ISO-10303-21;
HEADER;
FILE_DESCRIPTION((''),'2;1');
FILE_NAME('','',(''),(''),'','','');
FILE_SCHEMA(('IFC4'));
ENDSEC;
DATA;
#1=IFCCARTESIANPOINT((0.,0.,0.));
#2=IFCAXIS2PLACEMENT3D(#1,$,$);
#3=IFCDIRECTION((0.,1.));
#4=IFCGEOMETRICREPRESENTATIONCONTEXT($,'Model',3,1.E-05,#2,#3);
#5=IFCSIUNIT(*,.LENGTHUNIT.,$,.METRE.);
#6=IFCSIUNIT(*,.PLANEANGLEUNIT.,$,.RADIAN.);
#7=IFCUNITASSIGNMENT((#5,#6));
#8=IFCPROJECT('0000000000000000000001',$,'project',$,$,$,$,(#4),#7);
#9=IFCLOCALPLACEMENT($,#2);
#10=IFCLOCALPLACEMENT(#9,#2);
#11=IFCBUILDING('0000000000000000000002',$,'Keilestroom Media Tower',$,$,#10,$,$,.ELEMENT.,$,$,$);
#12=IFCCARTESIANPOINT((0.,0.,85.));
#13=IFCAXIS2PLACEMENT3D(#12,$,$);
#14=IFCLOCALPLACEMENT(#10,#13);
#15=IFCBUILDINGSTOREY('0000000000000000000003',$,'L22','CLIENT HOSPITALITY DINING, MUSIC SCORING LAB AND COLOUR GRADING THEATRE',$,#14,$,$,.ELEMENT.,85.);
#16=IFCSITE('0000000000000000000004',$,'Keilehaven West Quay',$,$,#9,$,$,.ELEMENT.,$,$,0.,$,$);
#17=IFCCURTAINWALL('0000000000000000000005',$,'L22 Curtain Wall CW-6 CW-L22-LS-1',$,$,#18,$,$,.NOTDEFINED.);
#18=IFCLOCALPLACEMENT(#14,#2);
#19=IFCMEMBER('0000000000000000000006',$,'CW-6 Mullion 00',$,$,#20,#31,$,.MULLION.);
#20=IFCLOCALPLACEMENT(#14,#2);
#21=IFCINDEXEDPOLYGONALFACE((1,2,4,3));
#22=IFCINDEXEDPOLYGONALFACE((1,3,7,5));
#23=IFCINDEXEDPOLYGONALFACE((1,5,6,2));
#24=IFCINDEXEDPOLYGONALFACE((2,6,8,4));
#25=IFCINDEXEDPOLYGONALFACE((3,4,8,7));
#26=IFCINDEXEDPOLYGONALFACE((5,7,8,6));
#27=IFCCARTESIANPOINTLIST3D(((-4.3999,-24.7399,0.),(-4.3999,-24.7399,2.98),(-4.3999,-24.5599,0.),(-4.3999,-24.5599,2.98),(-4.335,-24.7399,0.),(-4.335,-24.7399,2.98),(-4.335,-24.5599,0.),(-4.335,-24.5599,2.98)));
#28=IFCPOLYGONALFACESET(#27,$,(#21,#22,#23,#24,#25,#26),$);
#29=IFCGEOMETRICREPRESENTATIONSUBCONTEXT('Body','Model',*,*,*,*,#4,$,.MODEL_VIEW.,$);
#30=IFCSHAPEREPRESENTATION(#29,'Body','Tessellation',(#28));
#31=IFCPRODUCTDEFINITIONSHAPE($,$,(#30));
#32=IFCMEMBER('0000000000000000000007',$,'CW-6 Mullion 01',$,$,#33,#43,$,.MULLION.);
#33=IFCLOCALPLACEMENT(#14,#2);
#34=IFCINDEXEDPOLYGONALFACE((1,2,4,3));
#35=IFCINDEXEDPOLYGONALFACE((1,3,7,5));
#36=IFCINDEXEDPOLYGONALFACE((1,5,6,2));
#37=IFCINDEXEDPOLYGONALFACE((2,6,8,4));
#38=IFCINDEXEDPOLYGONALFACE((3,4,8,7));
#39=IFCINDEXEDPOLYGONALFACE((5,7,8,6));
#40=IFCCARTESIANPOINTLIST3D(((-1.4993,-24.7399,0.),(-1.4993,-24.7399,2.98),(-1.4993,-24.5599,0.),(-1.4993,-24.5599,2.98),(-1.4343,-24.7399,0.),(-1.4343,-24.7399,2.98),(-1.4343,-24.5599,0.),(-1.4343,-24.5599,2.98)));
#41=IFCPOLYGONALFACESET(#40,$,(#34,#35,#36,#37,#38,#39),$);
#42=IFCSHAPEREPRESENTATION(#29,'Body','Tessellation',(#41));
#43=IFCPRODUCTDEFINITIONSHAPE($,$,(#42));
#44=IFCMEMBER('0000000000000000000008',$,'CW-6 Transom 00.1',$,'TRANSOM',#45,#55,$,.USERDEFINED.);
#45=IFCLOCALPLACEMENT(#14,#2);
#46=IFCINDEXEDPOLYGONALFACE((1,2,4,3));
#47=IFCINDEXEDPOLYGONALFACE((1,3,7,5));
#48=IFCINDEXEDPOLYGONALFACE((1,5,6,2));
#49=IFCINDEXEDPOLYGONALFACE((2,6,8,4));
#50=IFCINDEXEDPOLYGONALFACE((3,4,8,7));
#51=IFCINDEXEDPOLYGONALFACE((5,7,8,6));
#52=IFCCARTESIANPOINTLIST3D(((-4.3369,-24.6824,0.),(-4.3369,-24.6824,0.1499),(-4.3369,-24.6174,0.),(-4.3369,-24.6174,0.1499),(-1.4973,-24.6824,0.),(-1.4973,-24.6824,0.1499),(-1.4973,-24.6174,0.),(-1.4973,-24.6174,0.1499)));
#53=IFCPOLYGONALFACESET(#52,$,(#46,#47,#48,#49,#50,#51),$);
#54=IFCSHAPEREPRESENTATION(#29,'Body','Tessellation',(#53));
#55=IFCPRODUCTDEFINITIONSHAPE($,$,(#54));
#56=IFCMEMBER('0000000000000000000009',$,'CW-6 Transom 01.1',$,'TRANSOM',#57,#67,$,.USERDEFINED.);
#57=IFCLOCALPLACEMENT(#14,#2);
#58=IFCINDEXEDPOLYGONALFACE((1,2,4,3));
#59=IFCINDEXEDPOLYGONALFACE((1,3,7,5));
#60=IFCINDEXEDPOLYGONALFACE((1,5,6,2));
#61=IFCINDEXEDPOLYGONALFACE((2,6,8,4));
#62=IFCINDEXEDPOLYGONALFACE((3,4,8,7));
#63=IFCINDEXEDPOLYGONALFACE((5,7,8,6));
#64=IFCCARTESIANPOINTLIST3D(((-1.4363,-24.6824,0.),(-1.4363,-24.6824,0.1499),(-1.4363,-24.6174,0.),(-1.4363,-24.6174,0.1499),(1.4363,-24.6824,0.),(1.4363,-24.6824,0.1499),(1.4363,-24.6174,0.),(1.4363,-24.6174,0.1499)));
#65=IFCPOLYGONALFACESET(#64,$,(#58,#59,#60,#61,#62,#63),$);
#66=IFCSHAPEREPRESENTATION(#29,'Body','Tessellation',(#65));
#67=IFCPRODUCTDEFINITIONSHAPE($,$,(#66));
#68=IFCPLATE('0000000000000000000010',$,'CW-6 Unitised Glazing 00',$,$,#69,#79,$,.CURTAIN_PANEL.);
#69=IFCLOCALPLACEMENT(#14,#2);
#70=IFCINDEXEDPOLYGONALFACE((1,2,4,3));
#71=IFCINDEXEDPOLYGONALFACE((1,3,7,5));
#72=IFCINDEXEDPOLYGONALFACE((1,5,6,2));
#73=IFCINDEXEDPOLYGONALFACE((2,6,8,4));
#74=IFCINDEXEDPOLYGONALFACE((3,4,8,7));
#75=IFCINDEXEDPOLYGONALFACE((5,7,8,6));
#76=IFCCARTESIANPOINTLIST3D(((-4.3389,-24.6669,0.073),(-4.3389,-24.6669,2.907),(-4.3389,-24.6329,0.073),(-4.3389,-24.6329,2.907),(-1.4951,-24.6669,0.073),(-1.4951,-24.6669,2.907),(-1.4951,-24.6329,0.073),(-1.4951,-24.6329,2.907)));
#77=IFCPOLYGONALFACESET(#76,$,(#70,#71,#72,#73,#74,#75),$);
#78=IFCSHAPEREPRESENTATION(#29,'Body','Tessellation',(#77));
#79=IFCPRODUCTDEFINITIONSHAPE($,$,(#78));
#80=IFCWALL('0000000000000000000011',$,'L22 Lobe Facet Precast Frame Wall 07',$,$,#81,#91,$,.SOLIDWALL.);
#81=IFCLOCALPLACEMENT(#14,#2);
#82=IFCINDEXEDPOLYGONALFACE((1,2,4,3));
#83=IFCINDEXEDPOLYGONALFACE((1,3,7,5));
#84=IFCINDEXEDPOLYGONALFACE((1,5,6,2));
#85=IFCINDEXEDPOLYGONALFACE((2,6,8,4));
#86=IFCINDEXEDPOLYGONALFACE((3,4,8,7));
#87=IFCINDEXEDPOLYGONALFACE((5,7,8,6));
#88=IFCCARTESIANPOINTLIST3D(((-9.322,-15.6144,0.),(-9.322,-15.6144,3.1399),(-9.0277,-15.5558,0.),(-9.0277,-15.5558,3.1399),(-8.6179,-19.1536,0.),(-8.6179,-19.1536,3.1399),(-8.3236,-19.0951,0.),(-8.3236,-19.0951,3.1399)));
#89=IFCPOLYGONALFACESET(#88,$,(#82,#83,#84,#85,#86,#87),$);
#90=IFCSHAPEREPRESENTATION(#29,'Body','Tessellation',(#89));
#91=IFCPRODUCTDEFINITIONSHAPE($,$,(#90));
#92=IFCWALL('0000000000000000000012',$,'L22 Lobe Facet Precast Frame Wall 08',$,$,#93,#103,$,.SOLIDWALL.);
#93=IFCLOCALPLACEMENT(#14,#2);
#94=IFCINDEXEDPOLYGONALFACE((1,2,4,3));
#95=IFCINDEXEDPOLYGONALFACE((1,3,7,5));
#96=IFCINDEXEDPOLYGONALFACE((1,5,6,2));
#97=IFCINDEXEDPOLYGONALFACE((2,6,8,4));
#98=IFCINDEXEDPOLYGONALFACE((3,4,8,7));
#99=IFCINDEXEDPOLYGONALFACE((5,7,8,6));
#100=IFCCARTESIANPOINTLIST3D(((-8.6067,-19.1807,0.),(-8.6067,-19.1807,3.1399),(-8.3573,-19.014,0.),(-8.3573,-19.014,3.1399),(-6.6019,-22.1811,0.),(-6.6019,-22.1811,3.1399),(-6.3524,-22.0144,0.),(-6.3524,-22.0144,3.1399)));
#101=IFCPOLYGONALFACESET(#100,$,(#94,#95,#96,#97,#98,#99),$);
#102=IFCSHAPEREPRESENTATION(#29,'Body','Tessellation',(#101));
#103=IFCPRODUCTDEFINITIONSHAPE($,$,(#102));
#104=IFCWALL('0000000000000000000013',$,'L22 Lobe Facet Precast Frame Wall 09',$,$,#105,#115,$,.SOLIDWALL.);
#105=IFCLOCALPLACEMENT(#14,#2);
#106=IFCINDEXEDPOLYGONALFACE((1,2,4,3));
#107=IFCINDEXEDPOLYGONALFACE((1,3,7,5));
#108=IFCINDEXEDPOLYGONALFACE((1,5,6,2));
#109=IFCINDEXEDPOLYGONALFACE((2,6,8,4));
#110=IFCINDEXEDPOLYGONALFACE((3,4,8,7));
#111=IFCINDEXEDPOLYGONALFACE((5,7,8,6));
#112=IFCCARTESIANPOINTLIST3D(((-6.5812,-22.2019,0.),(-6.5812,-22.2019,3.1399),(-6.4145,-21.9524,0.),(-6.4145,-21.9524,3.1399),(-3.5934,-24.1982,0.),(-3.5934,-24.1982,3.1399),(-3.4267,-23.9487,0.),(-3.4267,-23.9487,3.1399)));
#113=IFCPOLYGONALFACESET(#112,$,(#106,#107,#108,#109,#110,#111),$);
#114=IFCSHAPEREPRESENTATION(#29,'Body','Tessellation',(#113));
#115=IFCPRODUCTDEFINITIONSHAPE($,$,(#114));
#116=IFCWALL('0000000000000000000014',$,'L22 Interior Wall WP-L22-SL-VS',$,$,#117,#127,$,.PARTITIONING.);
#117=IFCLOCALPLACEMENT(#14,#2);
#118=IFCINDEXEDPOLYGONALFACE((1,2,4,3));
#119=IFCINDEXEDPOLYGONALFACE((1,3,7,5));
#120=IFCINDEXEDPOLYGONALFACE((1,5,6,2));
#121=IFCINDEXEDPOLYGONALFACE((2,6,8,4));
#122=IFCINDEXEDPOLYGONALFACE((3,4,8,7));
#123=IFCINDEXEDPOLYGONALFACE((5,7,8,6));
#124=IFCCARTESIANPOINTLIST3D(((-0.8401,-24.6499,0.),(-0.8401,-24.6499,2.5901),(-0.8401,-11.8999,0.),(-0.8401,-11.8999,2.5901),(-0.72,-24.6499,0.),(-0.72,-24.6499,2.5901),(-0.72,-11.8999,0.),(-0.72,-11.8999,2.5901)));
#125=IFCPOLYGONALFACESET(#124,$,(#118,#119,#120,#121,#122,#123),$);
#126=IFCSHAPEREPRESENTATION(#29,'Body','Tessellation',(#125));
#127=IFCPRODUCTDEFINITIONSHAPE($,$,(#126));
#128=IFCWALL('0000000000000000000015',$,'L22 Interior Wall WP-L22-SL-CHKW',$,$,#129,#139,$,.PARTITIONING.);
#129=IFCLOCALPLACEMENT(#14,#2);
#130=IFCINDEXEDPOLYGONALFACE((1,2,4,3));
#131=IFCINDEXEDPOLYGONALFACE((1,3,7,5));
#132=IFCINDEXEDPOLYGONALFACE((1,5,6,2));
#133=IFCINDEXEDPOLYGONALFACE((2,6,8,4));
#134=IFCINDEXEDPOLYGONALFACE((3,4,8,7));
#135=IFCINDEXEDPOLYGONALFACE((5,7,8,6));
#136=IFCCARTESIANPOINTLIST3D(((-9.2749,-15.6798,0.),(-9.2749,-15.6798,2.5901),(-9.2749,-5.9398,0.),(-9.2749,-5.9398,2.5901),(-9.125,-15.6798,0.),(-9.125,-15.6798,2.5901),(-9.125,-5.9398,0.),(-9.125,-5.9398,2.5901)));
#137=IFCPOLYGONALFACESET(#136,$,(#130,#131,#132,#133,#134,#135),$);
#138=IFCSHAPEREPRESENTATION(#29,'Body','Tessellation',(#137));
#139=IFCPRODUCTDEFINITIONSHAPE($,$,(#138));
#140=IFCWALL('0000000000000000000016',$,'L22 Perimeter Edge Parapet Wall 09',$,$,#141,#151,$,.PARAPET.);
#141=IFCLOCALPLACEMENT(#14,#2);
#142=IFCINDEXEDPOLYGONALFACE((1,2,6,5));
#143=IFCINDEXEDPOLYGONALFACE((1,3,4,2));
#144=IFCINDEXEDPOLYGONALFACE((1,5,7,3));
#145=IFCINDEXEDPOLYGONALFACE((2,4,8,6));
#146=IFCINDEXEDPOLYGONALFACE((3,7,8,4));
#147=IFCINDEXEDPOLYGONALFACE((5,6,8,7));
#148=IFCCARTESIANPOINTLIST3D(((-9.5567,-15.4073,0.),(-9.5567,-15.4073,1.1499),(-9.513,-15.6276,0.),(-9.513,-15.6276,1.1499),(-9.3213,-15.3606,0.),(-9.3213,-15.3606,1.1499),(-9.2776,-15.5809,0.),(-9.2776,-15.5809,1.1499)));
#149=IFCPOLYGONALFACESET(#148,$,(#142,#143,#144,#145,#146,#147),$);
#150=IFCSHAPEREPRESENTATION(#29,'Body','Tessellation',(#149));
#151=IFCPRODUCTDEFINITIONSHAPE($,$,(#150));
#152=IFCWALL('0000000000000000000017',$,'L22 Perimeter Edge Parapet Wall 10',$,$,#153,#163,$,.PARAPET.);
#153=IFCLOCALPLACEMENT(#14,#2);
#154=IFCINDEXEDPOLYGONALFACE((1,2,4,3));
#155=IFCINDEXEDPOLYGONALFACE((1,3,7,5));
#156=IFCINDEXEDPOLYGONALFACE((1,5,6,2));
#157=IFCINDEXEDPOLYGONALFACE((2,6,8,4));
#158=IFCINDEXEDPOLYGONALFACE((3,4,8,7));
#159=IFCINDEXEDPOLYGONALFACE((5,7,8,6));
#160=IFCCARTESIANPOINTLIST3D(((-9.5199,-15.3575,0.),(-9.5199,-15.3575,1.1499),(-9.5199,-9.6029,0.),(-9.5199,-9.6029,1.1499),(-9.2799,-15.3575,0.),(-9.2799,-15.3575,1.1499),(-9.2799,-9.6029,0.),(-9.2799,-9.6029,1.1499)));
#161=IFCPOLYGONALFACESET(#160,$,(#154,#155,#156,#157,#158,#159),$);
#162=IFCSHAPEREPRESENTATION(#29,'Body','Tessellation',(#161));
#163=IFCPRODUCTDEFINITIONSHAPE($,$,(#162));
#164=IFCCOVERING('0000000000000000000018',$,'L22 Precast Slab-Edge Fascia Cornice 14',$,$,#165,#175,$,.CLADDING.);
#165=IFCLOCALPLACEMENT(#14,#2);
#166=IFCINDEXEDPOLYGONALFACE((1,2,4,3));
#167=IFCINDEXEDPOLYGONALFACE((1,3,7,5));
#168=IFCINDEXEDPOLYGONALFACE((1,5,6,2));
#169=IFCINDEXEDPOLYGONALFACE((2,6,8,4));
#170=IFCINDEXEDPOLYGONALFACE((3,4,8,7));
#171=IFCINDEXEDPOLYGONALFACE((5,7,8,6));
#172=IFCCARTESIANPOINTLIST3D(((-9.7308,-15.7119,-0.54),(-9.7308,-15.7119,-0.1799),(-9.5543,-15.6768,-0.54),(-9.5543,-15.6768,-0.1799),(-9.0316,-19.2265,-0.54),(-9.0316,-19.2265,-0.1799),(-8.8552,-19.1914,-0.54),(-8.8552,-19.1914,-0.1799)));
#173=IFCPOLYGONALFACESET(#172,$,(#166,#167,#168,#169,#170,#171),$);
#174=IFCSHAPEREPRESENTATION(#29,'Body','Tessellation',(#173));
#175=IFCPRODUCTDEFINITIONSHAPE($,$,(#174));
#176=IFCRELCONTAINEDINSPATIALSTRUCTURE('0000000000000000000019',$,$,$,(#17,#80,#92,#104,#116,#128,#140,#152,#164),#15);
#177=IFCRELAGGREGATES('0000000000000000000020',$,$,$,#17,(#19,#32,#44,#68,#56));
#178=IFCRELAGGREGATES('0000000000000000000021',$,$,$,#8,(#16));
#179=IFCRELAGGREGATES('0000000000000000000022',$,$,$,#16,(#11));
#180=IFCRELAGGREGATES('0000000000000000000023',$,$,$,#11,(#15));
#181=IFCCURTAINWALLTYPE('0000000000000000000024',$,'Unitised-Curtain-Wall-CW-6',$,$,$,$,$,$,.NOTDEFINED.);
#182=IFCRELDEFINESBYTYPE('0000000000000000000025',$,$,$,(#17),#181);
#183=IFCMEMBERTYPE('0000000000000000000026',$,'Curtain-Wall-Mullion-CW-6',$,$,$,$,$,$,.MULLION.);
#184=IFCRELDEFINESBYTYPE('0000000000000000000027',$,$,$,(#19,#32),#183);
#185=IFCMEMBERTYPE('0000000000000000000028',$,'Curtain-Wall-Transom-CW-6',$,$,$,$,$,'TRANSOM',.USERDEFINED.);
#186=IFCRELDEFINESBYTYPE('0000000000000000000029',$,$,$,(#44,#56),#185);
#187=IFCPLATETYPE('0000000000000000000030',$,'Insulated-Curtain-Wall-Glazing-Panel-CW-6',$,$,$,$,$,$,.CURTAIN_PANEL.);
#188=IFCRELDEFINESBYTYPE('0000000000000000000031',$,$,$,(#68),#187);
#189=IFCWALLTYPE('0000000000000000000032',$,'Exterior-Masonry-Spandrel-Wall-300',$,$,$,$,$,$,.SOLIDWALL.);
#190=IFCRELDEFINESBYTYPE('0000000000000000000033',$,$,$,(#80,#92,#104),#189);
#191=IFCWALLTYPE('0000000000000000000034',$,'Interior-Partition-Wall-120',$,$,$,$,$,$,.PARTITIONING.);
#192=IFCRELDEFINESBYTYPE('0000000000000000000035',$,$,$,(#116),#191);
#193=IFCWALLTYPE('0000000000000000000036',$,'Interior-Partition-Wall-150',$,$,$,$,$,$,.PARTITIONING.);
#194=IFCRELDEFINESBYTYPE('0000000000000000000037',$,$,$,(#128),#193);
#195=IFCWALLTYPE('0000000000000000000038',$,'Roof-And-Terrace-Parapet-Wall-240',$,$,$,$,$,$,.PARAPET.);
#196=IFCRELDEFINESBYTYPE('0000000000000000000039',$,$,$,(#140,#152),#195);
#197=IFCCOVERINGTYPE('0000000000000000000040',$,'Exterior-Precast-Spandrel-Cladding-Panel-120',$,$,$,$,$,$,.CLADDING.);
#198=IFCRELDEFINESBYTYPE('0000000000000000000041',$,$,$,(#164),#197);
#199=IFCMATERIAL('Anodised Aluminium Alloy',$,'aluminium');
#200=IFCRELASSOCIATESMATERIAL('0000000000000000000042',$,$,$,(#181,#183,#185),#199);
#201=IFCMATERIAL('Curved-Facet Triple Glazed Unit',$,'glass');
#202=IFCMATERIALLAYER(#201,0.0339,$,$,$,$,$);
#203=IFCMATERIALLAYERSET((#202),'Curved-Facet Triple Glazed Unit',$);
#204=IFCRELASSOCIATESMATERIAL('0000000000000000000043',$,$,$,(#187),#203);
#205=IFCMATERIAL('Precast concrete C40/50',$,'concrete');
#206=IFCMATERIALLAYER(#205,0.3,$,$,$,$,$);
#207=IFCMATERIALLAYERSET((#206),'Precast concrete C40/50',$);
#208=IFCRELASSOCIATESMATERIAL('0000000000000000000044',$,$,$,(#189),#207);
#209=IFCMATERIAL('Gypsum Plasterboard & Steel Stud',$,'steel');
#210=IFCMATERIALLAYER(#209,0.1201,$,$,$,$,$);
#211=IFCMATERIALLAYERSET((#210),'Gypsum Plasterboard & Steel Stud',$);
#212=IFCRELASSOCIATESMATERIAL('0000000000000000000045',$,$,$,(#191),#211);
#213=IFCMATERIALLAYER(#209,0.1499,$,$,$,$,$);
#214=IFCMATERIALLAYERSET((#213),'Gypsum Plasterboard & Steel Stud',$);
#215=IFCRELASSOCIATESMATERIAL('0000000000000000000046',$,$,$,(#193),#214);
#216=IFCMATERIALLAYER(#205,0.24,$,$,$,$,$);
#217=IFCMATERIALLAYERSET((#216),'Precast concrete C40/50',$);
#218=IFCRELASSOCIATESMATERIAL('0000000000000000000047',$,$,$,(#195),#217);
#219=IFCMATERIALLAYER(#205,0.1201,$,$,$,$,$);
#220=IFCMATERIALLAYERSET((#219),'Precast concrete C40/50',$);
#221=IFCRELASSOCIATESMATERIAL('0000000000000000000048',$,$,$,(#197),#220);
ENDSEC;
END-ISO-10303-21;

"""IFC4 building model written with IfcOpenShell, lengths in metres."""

from ifc_helpers import new_model, si_unit, direction, frame, frame_2d, origin, origin_2d, place, context, subcontext, project, spatial, rectangle, extrude, source, transform, mapped, material, layer, layer_set, material_profile, profile_set, type_object, element, aggregate, save


model = new_model("IFC4")

# Units and contexts
model_context = context("Model", 3, precision=1e-05, world=origin(), true_north=direction((0.0, 1.0)))
body_context = subcontext(model_context, "Body", "Model", "MODEL_VIEW")
ifc_project = project(units=[si_unit("LENGTHUNIT", "METRE"), si_unit("PLANEANGLEUNIT", "RADIAN")], contexts=[model_context])

# Site, building, storey
site_placement = place(None, origin())
site = spatial("IfcSite", under=ifc_project, at=site_placement, Name="Keilehaven West Quay", CompositionType="ELEMENT", RefElevation=0.0)
building_placement = place(site_placement, origin())
building = spatial("IfcBuilding", under=site, at=building_placement, Name="Keilestroom Media Tower", CompositionType="ELEMENT")
storey_placement = place(building_placement, frame((0.0, 0.0, 85.0)))
storey = spatial("IfcBuildingStorey", under=building, at=storey_placement, Name="L22", Description="CLIENT HOSPITALITY DINING, MUSIC SCORING LAB AND COLOUR GRADING THEATRE", CompositionType="ELEMENT", Elevation=85.0)

# Curtain wall, members, plate
ifc_material_1 = material(Name="Anodised Aluminium Alloy", Category="aluminium")
curtain_wall_type = type_object("IfcCurtainWallType", Name="Unitised-Curtain-Wall-CW-6", PredefinedType="NOTDEFINED", material=ifc_material_1)
curtain_wall_placement = place(storey_placement, origin())
curtain_wall = element("IfcCurtainWall", 1, at=curtain_wall_placement, inside=storey, type_object=curtain_wall_type, Name="L22 Curtain Wall CW-6 CW-L22-LS-1", PredefinedType="NOTDEFINED")
ifc_material_profile_1 = material_profile(ifc_material_1, rectangle(XDim=0.0649, YDim=0.1799, at=origin_2d()), Name="ALU MULLION 65x180")
ifc_profile_set_1 = profile_set([ifc_material_profile_1], Name="Anodised Aluminium Alloy")
member_type_1 = type_object("IfcMemberType", Name="Curtain-Wall-Mullion-CW-6", PredefinedType="MULLION", material=ifc_profile_set_1)
shared_shape_1 = source(origin(), body_context, "Body", "SweptSolid", [
    extrude(rectangle(XDim=0.0649, YDim=0.1799, at=origin_2d()), origin(), (0.0, 0.0, 1.0), 2.98),
])
member_1_placement = place(storey_placement, frame((-4.3674, -24.6499, 0.0), z_axis=(0.0, 0.0, 1.0), x_axis=(1.0, 0.0, 0.0)))
member_1 = element("IfcMember", 2, at=member_1_placement, type_object=member_type_1, Name="CW-6 Mullion 00", PredefinedType="MULLION", context=body_context, shape_type="MappedRepresentation", body=[
    mapped(shared_shape_1, transform((0.0, 0.0, 0.0), x_axis=(1.0, 0.0, 0.0), y_axis=(0.0, 1.0, 0.0), z_axis=(0.0, 0.0, 1.0), scale=1.0)),
])
member_2_placement = place(storey_placement, frame((-1.4668, -24.6499, 0.0), z_axis=(0.0, 0.0, 1.0), x_axis=(1.0, 0.0, 0.0)))
member_2 = element("IfcMember", 3, at=member_2_placement, type_object=member_type_1, Name="CW-6 Mullion 01", PredefinedType="MULLION", context=body_context, shape_type="MappedRepresentation", body=[
    mapped(shared_shape_1, transform((0.0, 0.0, 0.0), x_axis=(1.0, 0.0, 0.0), y_axis=(0.0, 1.0, 0.0), z_axis=(0.0, 0.0, 1.0), scale=1.0)),
])
ifc_material_profile_2 = material_profile(ifc_material_1, rectangle(XDim=0.0649, YDim=0.1499, at=origin_2d()), Name="ALU TRANSOM 65x150")
ifc_profile_set_2 = profile_set([ifc_material_profile_2], Name="Anodised Aluminium Alloy")
member_type_2 = type_object("IfcMemberType", Name="Curtain-Wall-Transom-CW-6", ElementType="TRANSOM", PredefinedType="USERDEFINED", material=ifc_profile_set_2)
shared_shape_2 = source(origin(), body_context, "Body", "SweptSolid", [
    extrude(rectangle(XDim=0.0649, YDim=0.1499, at=origin_2d()), origin(), (0.0, 0.0, 1.0), 2.8396),
])
member_3_placement = place(storey_placement, frame((-4.3369, -24.6499, 0.075), z_axis=(1.0, 0.0, 0.0), x_axis=(0.0, 1.0, 0.0)))
member_3 = element("IfcMember", 4, at=member_3_placement, type_object=member_type_2, Name="CW-6 Transom 00.1", ObjectType="TRANSOM", PredefinedType="USERDEFINED", context=body_context, shape_type="MappedRepresentation", body=[
    mapped(shared_shape_2, transform((0.0, 0.0, 0.0), x_axis=(1.0, 0.0, 0.0), y_axis=(0.0, 1.0, 0.0), z_axis=(0.0, 0.0, 1.0), scale=1.0)),
])
shared_shape_3 = source(origin(), body_context, "Body", "SweptSolid", [
    extrude(rectangle(XDim=0.0649, YDim=0.1499, at=origin_2d()), origin(), (0.0, 0.0, 1.0), 2.8726),
])
member_4_placement = place(storey_placement, frame((-1.4363, -24.6499, 0.075), z_axis=(1.0, 0.0, 0.0), x_axis=(0.0, 1.0, 0.0)))
member_4 = element("IfcMember", 5, at=member_4_placement, type_object=member_type_2, Name="CW-6 Transom 01.1", ObjectType="TRANSOM", PredefinedType="USERDEFINED", context=body_context, shape_type="MappedRepresentation", body=[
    mapped(shared_shape_3, transform((0.0, 0.0, 0.0), x_axis=(1.0, 0.0, 0.0), y_axis=(0.0, 1.0, 0.0), z_axis=(0.0, 0.0, 1.0), scale=1.0)),
])
ifc_material_2 = material(Name="Curved-Facet Triple Glazed Unit", Category="glass")
ifc_layer_1 = layer(ifc_material_2, 0.0339)
ifc_layer_set_1 = layer_set([ifc_layer_1], Name="Curved-Facet Triple Glazed Unit")
plate_type = type_object("IfcPlateType", Name="Insulated-Curtain-Wall-Glazing-Panel-CW-6", PredefinedType="CURTAIN_PANEL", material=ifc_layer_set_1)
shared_shape_4 = source(origin(), body_context, "Body", "SweptSolid", [
    extrude(rectangle(XDim=2.8438, YDim=0.0339, at=origin_2d()), origin(), (0.0, 0.0, 1.0), 2.834),
])
plate_placement = place(storey_placement, frame((-2.917, -24.6499, 0.073), z_axis=(0.0, 0.0, 1.0), x_axis=(1.0, 0.0, 0.0)))
plate = element("IfcPlate", 6, at=plate_placement, type_object=plate_type, Name="CW-6 Unitised Glazing 00", PredefinedType="CURTAIN_PANEL", context=body_context, shape_type="MappedRepresentation", body=[
    mapped(shared_shape_4, transform((0.0, 0.0, 0.0), x_axis=(1.0, 0.0, 0.0), y_axis=(0.0, 1.0, 0.0), z_axis=(0.0, 0.0, 1.0), scale=1.0)),
])
aggregate(curtain_wall, [member_1, member_2, member_3, plate, member_4])

# Walls
ifc_material_3 = material(Name="Precast concrete C40/50", Category="concrete")
ifc_layer_2 = layer(ifc_material_3, 0.3)
ifc_layer_set_2 = layer_set([ifc_layer_2], Name="Precast concrete C40/50")
wall_type_1 = type_object("IfcWallType", Name="Exterior-Masonry-Spandrel-Wall-300", PredefinedType="SOLIDWALL", material=ifc_layer_set_2)
for number, where, z_axis, x_axis, name in (
    (7, (-9.1748, -15.5852, 0.0), (0.0, 0.0, 1.0), (0.195114, -0.980781, 0.0), "L22 Lobe Facet Precast Frame Wall 07"),
    (8, (-8.4819, -19.0974, 0.0), (0.0, 0.0, 1.0), (0.555574, -0.831467, 0.0), "L22 Lobe Facet Precast Frame Wall 08"),
):
    element("IfcWall", number, at=place(storey_placement, frame(where, z_axis=z_axis, x_axis=x_axis)), inside=storey, type_object=wall_type_1, Name=name, PredefinedType="SOLIDWALL", context=body_context, shape_type="SweptSolid", body=[
        extrude(rectangle(XDim=3.6086, YDim=0.3, at=frame_2d((1.8042, 0.0))), origin(), (0.0, 0.0, 1.0), 3.1399),
    ])
wall_1_placement = place(storey_placement, frame((-6.4978, -22.0771, 0.0), z_axis=(0.0, 0.0, 1.0), x_axis=(0.831475, -0.555562, 0.0)))
element("IfcWall", 9, at=wall_1_placement, inside=storey, type_object=wall_type_1, Name="L22 Lobe Facet Precast Frame Wall 09", PredefinedType="SOLIDWALL", context=body_context, shape_type="SweptSolid", body=[
    extrude(rectangle(XDim=3.5933, YDim=0.3, at=frame_2d((1.7966, 0.0))), origin(), (0.0, 0.0, 1.0), 3.1399),
])
ifc_material_4 = material(Name="Gypsum Plasterboard & Steel Stud", Category="steel")
ifc_layer_3 = layer(ifc_material_4, 0.1201)
ifc_layer_set_3 = layer_set([ifc_layer_3], Name="Gypsum Plasterboard & Steel Stud")
wall_type_2 = type_object("IfcWallType", Name="Interior-Partition-Wall-120", PredefinedType="PARTITIONING", material=ifc_layer_set_3)
wall_2_placement = place(storey_placement, frame((-0.78, -24.6499, 0.0), z_axis=(0.0, 0.0, 1.0), x_axis=(0.0, 1.0, 0.0)))
element("IfcWall", 10, at=wall_2_placement, inside=storey, type_object=wall_type_2, Name="L22 Interior Wall WP-L22-SL-VS", PredefinedType="PARTITIONING", context=body_context, shape_type="SweptSolid", body=[
    extrude(rectangle(XDim=12.75, YDim=0.1201, at=frame_2d((6.375, 0.0))), origin(), (0.0, 0.0, 1.0), 2.5901),
])
ifc_layer_4 = layer(ifc_material_4, 0.1499)
ifc_layer_set_4 = layer_set([ifc_layer_4], Name="Gypsum Plasterboard & Steel Stud")
wall_type_3 = type_object("IfcWallType", Name="Interior-Partition-Wall-150", PredefinedType="PARTITIONING", material=ifc_layer_set_4)
wall_3_placement = place(storey_placement, frame((-9.2, -15.6799, 0.0), z_axis=(0.0, 0.0, 1.0), x_axis=(0.0, 1.0, 0.0)))
element("IfcWall", 11, at=wall_3_placement, inside=storey, type_object=wall_type_3, Name="L22 Interior Wall WP-L22-SL-CHKW", PredefinedType="PARTITIONING", context=body_context, shape_type="SweptSolid", body=[
    extrude(rectangle(XDim=9.74, YDim=0.1499, at=frame_2d((4.8701, 0.0))), origin(), (0.0, 0.0, 1.0), 2.5901),
])
ifc_layer_5 = layer(ifc_material_3, 0.24)
ifc_layer_set_5 = layer_set([ifc_layer_5], Name="Precast concrete C40/50")
wall_type_4 = type_object("IfcWallType", Name="Roof-And-Terrace-Parapet-Wall-240", PredefinedType="PARAPET", material=ifc_layer_set_5)
wall_4_placement = place(storey_placement, frame((-9.3953, -15.6042, 0.0), z_axis=(0.0, 0.0, 1.0), x_axis=(-0.194652, 0.980872, 0.0)))
element("IfcWall", 12, at=wall_4_placement, inside=storey, type_object=wall_type_4, Name="L22 Perimeter Edge Parapet Wall 09", PredefinedType="PARAPET", context=body_context, shape_type="SweptSolid", body=[
    extrude(rectangle(XDim=0.2246, YDim=0.24, at=frame_2d((0.1123, 0.0))), origin(), (0.0, 0.0, 1.0), 1.1499),
])
wall_5_placement = place(storey_placement, frame((-9.3999, -15.3577, 0.0), z_axis=(0.0, 0.0, 1.0), x_axis=(0.0, 1.0, 0.0)))
element("IfcWall", 13, at=wall_5_placement, inside=storey, type_object=wall_type_4, Name="L22 Perimeter Edge Parapet Wall 10", PredefinedType="PARAPET", context=body_context, shape_type="SweptSolid", body=[
    extrude(rectangle(XDim=5.7546, YDim=0.24, at=frame_2d((2.8774, 0.0))), origin(), (0.0, 0.0, 1.0), 1.1499),
])

# Covering
ifc_layer_6 = layer(ifc_material_3, 0.1201)
ifc_layer_set_6 = layer_set([ifc_layer_6], Name="Precast concrete C40/50")
covering_type = type_object("IfcCoveringType", Name="Exterior-Precast-Spandrel-Cladding-Panel-120", PredefinedType="CLADDING", material=ifc_layer_set_6)
shared_shape_5 = source(origin(), body_context, "Body", "SweptSolid", [
    extrude(rectangle(XDim=3.5835, YDim=0.1799, at=origin_2d()), origin(), (0.0, 0.0, 1.0), 0.3601),
])
covering_placement = place(storey_placement, frame((-9.293, -17.4517, -0.54), z_axis=(0.0, 0.0, 1.0), x_axis=(-0.195099, 0.980784, 0.0)))
element("IfcCovering", 14, at=covering_placement, inside=storey, type_object=covering_type, Name="L22 Precast Slab-Edge Fascia Cornice 14", PredefinedType="CLADDING", context=body_context, shape_type="MappedRepresentation", body=[
    mapped(shared_shape_5, transform((0.0, 0.0, 0.0), x_axis=(1.0, 0.0, 0.0), y_axis=(0.0, 1.0, 0.0), z_axis=(0.0, 0.0, 1.0), scale=1.0)),
])

save(model, "model.ifc")
